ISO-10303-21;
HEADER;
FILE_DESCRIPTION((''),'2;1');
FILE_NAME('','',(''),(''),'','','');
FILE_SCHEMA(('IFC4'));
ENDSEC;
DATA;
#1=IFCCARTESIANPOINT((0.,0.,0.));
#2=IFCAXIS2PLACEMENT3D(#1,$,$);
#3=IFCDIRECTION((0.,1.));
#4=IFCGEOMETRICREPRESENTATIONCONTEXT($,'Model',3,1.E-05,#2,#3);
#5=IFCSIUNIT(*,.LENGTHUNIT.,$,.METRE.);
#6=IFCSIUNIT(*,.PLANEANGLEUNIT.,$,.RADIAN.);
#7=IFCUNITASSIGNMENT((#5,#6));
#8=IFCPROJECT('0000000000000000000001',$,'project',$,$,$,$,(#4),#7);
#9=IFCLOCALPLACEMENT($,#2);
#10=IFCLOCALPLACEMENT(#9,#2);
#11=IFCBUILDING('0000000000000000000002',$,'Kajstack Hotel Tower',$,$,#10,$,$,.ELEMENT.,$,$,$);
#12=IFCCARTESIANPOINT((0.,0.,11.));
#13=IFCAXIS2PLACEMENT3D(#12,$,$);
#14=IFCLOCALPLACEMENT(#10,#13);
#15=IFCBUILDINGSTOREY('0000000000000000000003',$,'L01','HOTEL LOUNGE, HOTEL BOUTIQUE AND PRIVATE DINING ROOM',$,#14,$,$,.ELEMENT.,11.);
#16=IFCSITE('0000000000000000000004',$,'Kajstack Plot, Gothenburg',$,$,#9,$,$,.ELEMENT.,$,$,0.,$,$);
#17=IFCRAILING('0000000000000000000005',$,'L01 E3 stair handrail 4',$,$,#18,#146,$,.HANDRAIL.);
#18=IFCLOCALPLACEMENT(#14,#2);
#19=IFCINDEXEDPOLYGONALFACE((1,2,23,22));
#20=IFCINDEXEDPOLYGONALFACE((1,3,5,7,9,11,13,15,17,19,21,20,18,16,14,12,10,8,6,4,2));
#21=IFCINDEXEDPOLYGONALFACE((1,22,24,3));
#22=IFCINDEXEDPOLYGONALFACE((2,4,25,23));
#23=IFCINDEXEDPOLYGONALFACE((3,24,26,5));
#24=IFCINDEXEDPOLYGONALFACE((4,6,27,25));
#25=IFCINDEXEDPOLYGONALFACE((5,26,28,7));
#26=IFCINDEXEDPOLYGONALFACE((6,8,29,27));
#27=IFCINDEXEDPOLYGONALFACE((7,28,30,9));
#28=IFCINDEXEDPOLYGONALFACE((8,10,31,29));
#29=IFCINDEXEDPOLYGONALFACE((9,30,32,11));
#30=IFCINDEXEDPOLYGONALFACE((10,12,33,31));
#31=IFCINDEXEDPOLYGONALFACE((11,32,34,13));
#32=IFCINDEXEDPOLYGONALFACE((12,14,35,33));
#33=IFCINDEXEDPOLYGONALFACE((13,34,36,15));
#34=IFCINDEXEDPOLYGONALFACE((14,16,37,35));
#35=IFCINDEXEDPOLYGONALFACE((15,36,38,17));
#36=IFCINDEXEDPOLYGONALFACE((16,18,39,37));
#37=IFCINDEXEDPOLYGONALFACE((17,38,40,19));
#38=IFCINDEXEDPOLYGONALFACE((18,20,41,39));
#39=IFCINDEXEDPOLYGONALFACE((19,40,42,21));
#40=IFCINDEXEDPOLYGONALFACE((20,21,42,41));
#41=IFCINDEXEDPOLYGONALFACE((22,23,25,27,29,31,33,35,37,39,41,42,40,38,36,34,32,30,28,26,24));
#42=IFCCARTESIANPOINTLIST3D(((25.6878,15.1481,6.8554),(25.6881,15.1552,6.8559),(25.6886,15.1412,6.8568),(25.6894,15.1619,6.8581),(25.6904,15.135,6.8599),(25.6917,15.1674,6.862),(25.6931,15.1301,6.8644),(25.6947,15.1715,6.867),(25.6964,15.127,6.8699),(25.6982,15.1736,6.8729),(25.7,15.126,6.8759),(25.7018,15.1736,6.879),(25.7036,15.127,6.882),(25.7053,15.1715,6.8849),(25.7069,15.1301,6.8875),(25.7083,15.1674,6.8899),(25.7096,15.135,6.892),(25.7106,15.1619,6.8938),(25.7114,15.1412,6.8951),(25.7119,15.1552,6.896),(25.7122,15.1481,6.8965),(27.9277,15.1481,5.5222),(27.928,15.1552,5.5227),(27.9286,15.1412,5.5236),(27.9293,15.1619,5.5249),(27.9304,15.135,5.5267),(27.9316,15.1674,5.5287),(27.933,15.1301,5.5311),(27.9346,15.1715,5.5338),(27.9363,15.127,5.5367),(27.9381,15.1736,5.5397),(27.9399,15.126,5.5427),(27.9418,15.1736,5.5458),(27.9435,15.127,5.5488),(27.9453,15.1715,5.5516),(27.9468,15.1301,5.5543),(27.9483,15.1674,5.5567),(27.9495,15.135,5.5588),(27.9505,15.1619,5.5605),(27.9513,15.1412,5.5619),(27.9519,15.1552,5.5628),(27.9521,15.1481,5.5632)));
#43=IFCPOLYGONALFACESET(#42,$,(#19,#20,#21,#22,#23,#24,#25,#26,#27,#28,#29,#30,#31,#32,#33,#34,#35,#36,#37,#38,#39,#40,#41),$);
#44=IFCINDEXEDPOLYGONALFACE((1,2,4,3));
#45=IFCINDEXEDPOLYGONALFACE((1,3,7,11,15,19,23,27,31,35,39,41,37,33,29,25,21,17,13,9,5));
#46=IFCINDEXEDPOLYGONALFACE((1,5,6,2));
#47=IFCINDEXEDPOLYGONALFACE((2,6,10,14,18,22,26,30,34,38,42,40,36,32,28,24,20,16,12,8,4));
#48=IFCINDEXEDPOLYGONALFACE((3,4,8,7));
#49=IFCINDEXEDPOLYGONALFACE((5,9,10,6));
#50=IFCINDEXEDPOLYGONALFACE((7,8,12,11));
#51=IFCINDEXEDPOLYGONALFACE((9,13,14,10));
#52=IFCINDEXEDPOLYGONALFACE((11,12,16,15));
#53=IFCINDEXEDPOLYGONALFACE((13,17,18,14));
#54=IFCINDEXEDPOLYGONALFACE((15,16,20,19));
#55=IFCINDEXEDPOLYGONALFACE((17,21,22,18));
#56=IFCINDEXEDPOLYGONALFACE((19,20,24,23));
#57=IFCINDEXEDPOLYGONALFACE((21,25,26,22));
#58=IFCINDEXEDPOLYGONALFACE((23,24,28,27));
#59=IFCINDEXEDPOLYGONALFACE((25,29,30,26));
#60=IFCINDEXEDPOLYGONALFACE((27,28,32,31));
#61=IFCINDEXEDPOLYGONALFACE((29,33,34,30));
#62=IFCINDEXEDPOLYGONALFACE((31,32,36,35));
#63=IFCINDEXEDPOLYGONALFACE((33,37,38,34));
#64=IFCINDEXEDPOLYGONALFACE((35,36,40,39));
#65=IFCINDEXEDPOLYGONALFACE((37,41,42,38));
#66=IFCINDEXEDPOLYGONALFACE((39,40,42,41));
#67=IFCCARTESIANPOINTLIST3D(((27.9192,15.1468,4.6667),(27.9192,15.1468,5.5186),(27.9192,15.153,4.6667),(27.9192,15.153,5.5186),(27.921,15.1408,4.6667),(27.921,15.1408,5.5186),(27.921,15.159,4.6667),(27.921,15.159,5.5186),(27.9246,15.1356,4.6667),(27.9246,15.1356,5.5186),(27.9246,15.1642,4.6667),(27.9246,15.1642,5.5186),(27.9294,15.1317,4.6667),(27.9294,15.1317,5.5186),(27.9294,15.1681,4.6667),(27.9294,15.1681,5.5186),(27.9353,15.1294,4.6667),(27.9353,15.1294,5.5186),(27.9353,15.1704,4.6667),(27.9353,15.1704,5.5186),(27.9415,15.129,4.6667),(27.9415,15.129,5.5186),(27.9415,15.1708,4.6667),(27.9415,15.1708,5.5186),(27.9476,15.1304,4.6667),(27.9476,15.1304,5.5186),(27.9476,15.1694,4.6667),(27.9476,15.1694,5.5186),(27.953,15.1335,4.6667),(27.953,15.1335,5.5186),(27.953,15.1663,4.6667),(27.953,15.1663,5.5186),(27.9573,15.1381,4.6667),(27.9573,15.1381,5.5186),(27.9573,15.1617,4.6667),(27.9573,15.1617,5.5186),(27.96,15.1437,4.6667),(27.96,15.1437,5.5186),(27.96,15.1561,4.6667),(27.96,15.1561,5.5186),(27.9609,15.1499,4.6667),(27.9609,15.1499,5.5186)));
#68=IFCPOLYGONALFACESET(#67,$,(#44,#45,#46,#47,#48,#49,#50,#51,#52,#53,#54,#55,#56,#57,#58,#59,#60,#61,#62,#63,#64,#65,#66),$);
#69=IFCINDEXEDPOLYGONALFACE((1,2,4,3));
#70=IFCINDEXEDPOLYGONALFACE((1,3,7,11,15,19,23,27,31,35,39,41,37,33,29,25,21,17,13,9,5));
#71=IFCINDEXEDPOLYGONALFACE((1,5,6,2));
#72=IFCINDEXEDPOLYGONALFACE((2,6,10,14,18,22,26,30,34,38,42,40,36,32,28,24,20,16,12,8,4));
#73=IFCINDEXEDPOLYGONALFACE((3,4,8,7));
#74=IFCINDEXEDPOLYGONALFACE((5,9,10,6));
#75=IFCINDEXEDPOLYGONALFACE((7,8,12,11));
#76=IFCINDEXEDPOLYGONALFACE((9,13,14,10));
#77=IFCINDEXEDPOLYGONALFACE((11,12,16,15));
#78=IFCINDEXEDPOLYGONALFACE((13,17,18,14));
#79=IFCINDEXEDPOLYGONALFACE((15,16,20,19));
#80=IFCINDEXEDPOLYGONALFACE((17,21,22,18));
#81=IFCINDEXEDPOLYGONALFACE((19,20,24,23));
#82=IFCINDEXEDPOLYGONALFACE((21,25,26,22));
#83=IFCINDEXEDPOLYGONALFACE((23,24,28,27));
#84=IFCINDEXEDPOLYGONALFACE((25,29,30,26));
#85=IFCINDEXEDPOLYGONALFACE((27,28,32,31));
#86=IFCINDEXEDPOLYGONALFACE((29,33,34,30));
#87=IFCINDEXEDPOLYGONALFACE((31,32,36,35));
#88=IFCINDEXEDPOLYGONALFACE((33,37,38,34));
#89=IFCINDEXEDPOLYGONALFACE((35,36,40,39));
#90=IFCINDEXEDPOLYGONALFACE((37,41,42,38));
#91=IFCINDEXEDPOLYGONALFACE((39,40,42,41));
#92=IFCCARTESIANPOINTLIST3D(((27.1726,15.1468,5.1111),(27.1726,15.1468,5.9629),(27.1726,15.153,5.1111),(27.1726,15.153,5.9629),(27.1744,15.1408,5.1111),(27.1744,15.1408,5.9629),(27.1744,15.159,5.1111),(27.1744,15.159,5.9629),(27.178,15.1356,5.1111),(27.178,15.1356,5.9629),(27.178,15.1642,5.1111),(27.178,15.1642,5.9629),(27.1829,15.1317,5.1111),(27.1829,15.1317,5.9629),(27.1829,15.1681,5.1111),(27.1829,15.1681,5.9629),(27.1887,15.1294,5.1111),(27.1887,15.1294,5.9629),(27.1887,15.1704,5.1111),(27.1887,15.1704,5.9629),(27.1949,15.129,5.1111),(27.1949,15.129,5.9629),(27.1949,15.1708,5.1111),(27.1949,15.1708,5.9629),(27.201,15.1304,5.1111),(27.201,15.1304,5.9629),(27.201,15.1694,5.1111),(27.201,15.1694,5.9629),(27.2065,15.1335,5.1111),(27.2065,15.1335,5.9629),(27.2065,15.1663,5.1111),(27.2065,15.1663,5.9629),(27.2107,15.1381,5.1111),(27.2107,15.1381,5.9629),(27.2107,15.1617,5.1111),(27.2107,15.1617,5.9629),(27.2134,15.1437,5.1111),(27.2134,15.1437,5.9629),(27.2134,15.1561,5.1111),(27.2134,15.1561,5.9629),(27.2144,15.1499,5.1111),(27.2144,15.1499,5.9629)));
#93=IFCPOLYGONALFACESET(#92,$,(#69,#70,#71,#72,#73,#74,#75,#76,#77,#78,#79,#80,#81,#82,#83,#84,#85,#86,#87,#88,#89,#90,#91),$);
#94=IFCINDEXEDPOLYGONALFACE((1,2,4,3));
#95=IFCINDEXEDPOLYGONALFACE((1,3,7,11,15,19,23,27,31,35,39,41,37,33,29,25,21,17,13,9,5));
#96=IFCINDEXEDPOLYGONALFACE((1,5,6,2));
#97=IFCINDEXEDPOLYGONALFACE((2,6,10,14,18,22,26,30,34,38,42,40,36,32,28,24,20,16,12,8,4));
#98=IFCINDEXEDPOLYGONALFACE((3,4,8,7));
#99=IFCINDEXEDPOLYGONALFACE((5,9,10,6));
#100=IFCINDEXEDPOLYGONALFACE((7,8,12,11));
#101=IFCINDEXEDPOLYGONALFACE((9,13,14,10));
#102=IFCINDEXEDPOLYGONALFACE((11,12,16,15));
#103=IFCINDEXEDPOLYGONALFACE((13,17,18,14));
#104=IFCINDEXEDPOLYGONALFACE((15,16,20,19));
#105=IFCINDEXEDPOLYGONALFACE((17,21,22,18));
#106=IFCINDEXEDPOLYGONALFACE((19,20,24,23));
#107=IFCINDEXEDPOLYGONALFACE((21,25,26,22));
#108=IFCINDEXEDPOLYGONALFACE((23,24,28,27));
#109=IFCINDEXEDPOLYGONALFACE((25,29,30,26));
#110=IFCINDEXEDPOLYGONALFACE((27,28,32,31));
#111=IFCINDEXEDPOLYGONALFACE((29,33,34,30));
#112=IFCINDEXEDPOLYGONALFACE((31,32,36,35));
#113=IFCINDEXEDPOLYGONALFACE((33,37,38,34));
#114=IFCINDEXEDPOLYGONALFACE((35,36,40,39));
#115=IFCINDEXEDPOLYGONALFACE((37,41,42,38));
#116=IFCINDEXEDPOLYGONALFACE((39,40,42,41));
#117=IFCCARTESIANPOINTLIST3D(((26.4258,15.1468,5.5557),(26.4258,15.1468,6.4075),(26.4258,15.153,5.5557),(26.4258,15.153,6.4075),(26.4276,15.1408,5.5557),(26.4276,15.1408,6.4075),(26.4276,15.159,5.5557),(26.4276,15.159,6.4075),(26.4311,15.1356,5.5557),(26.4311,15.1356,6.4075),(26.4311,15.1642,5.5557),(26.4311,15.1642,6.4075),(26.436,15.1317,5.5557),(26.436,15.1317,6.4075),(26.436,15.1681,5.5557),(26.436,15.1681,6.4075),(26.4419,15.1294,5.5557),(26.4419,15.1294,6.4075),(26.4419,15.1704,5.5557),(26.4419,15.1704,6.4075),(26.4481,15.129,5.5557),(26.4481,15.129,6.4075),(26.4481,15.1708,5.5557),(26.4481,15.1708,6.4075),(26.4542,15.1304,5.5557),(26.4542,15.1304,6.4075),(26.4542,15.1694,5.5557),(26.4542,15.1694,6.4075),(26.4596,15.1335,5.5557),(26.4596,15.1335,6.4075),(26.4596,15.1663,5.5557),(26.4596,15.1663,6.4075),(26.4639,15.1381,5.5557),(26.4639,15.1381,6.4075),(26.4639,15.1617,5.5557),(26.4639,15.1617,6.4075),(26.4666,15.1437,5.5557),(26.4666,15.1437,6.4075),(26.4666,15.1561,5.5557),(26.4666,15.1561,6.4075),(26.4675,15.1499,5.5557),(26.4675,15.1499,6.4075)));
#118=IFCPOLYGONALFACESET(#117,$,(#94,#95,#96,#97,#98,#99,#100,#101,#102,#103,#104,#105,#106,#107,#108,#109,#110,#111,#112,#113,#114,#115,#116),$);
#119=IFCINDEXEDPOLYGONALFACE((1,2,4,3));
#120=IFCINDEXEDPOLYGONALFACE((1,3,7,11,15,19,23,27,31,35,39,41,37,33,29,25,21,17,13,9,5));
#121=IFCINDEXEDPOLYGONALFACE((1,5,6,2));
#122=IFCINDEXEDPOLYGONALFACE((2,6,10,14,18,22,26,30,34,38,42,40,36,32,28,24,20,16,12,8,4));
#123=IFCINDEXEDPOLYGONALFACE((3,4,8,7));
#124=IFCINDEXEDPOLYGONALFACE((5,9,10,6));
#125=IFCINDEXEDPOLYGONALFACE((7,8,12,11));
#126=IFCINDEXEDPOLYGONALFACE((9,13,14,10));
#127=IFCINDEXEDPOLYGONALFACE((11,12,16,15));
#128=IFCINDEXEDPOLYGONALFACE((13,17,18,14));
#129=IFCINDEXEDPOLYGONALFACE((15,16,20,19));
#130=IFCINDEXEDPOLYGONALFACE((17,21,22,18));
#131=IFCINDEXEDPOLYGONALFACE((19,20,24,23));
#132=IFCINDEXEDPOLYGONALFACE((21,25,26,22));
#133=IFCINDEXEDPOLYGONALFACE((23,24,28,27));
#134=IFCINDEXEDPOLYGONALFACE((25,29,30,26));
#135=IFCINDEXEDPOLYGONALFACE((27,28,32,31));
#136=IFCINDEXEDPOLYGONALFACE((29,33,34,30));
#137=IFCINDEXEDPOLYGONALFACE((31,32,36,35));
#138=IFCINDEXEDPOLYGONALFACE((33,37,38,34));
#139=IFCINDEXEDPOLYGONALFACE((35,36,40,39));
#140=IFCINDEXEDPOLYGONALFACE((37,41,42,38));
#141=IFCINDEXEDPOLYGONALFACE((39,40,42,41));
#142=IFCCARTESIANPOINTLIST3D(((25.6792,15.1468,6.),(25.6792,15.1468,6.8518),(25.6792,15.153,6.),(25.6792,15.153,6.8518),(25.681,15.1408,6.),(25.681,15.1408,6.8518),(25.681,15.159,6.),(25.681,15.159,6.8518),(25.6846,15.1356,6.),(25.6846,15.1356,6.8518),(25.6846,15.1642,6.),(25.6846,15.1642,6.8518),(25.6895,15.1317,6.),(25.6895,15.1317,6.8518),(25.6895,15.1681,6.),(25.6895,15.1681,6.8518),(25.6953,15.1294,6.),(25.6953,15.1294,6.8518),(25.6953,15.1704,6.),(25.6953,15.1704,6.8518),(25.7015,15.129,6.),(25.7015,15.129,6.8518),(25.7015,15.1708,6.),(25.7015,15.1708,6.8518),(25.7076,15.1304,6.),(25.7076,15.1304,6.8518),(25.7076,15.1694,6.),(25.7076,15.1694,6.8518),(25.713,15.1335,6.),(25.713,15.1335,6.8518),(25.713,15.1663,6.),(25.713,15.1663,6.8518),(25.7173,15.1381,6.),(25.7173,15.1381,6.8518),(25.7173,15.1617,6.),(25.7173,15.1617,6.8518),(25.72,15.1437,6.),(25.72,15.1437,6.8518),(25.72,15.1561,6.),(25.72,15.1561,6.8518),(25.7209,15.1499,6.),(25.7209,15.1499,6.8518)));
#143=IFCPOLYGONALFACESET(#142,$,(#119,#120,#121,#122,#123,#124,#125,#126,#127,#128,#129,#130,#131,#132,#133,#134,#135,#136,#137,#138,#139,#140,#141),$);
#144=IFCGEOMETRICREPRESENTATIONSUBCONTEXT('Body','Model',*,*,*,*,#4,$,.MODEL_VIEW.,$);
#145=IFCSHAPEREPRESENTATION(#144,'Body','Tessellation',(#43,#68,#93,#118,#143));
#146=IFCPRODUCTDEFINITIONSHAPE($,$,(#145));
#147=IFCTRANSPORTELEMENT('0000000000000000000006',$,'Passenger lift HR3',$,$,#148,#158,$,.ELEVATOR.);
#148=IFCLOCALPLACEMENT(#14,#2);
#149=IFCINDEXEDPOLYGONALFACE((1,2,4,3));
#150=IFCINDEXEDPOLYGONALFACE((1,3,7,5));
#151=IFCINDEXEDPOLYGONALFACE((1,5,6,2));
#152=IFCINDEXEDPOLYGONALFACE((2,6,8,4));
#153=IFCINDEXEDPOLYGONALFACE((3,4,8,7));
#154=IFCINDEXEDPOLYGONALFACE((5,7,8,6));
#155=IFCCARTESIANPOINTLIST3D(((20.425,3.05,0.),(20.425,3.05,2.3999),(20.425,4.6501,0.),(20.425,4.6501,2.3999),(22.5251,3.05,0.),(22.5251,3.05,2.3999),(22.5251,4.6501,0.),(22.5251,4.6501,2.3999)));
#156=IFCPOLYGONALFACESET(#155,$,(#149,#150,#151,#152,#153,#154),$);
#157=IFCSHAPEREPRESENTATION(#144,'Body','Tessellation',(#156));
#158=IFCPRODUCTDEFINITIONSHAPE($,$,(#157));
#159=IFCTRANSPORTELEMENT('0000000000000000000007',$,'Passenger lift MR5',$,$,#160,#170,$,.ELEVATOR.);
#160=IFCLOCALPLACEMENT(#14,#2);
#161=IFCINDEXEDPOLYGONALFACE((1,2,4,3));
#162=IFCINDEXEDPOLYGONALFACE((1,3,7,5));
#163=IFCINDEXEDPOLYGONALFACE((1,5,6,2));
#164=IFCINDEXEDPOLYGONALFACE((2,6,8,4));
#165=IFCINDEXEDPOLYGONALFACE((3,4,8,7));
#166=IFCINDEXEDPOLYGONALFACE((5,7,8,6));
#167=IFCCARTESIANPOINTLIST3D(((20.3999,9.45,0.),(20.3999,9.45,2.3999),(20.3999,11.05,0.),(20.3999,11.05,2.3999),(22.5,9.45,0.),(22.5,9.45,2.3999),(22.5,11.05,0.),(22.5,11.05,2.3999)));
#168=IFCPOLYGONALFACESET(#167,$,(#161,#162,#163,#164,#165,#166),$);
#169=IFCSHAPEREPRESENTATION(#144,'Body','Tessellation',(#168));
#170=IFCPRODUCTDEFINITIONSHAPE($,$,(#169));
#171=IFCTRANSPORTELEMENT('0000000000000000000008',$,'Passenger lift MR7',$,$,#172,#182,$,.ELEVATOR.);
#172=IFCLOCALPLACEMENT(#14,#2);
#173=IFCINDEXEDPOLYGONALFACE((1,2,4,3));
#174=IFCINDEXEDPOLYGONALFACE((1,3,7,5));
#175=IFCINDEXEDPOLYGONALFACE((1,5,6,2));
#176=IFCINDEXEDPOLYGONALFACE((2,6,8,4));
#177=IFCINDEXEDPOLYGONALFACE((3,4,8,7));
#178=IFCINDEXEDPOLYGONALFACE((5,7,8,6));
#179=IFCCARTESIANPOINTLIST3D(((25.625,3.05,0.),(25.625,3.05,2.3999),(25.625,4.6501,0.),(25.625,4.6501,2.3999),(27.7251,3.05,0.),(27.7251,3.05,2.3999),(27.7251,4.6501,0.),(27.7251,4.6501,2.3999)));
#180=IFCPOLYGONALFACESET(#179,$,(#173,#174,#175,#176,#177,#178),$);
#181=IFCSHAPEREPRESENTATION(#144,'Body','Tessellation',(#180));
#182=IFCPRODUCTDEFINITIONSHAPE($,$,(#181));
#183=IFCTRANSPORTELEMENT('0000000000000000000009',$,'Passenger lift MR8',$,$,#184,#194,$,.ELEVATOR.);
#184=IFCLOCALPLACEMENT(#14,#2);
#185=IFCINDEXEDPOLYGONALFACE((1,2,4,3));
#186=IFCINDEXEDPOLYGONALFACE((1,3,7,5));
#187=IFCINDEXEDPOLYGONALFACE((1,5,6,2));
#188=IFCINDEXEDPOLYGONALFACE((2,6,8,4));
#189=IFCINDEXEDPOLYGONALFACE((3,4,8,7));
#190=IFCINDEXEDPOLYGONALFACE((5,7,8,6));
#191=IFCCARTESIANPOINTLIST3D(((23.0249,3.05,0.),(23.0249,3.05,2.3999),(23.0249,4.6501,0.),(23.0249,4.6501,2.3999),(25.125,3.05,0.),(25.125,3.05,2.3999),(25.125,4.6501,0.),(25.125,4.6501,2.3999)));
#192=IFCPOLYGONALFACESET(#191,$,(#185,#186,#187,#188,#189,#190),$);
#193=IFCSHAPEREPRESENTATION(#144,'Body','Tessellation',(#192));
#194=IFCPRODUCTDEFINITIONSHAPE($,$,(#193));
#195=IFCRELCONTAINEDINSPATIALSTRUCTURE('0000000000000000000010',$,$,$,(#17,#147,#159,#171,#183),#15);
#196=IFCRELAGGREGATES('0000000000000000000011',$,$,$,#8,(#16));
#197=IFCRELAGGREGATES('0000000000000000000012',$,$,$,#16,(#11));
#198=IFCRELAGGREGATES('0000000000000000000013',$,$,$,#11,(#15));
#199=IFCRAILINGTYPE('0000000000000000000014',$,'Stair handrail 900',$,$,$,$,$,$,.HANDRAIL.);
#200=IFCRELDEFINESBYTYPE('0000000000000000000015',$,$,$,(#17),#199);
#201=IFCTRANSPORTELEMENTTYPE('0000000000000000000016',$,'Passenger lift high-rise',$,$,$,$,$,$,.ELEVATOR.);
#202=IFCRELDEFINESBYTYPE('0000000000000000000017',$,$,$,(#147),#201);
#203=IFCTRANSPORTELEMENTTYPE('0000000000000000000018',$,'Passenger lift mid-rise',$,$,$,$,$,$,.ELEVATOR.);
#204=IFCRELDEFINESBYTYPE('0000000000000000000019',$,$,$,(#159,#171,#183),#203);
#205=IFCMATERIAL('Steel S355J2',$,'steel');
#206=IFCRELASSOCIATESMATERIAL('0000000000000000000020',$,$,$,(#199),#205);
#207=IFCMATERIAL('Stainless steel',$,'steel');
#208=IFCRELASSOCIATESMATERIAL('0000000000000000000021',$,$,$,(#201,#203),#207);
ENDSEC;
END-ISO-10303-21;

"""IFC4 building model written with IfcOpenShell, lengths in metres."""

from ifc_helpers import new_model, si_unit, direction, frame, origin, origin_2d, place, context, subcontext, project, spatial, rectangle, circle, extrude, material, type_object, element, save


model = new_model("IFC4")

# Units and contexts
model_context = context("Model", 3, precision=1e-05, world=origin(), true_north=direction((0.0, 1.0)))
body_context = subcontext(model_context, "Body", "Model", "MODEL_VIEW")
ifc_project = project(units=[si_unit("LENGTHUNIT", "METRE"), si_unit("PLANEANGLEUNIT", "RADIAN")], contexts=[model_context])

# Site, building, storey
site_placement = place(None, origin())
site = spatial("IfcSite", under=ifc_project, at=site_placement, Name="Kajstack Plot, Gothenburg", CompositionType="ELEMENT", RefElevation=0.0)
building_placement = place(site_placement, origin())
building = spatial("IfcBuilding", under=site, at=building_placement, Name="Kajstack Hotel Tower", CompositionType="ELEMENT")
storey_placement = place(building_placement, frame((0.0, 0.0, 11.0)))
storey = spatial("IfcBuildingStorey", under=building, at=storey_placement, Name="L01", Description="HOTEL LOUNGE, HOTEL BOUTIQUE AND PRIVATE DINING ROOM", CompositionType="ELEMENT", Elevation=11.0)

# Shared definitions
ifc_material_1 = material(Name="Stainless steel", Category="steel")

# Railing
ifc_material_2 = material(Name="Steel S355J2", Category="steel")
railing_type_1 = type_object("IfcRailingType", Name="Stair handrail 900", PredefinedType="HANDRAIL", material=ifc_material_2)
railing_1_placement = place(storey_placement, frame((27.9399, 15.1499, 4.6667)))
element("IfcRailing", 1, at=railing_1_placement, inside=storey, type_object=railing_type_1, Name="L01 E3 stair handrail 4", PredefinedType="HANDRAIL", context=body_context, shape_type="SweptSolid", body=[
    extrude(circle(Radius=0.0239, at=origin_2d()), frame((0.0, 0.0, 0.876), z_axis=(-0.859306, 0.0, 0.511462), x_axis=(0.0, -1.0, 0.0)), (0.0, 0.0, 1.0), 2.6067),
    extrude(circle(Radius=0.021, at=origin_2d()), origin(), (0.0, 0.0, 1.0), 0.8518),
    extrude(circle(Radius=0.021, at=origin_2d()), frame((-0.7466, 0.0, 0.4443)), (0.0, 0.0, 1.0), 0.8518),
    extrude(circle(Radius=0.021, at=origin_2d()), frame((-1.4934, 0.0, 0.8889)), (0.0, 0.0, 1.0), 0.8518),
    extrude(circle(Radius=0.021, at=origin_2d()), frame((-2.24, 0.0, 1.3333)), (0.0, 0.0, 1.0), 0.8518),
])

# Transport elements
transport_element_type_1 = type_object("IfcTransportElementType", Name="Passenger lift high-rise", PredefinedType="ELEVATOR", material=ifc_material_1)
transport_element_placement = place(storey_placement, frame((21.4751, 3.8501, 0.0), z_axis=(0.0, 0.0, 1.0), x_axis=(1.0, 0.0, 0.0)))
element("IfcTransportElement", 2, at=transport_element_placement, inside=storey, type_object=transport_element_type_1, Name="Passenger lift HR3", PredefinedType="ELEVATOR", context=body_context, shape_type="SweptSolid", body=[
    extrude(rectangle(XDim=2.1001, YDim=1.6001, at=origin_2d()), origin(), (0.0, 0.0, 1.0), 2.3999),
])
transport_element_type_2 = type_object("IfcTransportElementType", Name="Passenger lift mid-rise", PredefinedType="ELEVATOR", material=ifc_material_1)
for number, where, z_axis, x_axis, name in (
    (3, (21.45, 10.25, 0.0), (0.0, 0.0, 1.0), (1.0, 0.0, 0.0), "Passenger lift MR5"),
    (4, (26.675, 3.8501, 0.0), (0.0, 0.0, 1.0), (1.0, 0.0, 0.0), "Passenger lift MR7"),
    (5, (24.075, 3.8501, 0.0), (0.0, 0.0, 1.0), (1.0, 0.0, 0.0), "Passenger lift MR8"),
):
    element("IfcTransportElement", number, at=place(storey_placement, frame(where, z_axis=z_axis, x_axis=x_axis)), inside=storey, type_object=transport_element_type_2, Name=name, PredefinedType="ELEVATOR", context=body_context, shape_type="SweptSolid", body=[
        extrude(rectangle(XDim=2.1001, YDim=1.6001, at=origin_2d()), origin(), (0.0, 0.0, 1.0), 2.3999),
    ])

save(model, "model.ifc")
